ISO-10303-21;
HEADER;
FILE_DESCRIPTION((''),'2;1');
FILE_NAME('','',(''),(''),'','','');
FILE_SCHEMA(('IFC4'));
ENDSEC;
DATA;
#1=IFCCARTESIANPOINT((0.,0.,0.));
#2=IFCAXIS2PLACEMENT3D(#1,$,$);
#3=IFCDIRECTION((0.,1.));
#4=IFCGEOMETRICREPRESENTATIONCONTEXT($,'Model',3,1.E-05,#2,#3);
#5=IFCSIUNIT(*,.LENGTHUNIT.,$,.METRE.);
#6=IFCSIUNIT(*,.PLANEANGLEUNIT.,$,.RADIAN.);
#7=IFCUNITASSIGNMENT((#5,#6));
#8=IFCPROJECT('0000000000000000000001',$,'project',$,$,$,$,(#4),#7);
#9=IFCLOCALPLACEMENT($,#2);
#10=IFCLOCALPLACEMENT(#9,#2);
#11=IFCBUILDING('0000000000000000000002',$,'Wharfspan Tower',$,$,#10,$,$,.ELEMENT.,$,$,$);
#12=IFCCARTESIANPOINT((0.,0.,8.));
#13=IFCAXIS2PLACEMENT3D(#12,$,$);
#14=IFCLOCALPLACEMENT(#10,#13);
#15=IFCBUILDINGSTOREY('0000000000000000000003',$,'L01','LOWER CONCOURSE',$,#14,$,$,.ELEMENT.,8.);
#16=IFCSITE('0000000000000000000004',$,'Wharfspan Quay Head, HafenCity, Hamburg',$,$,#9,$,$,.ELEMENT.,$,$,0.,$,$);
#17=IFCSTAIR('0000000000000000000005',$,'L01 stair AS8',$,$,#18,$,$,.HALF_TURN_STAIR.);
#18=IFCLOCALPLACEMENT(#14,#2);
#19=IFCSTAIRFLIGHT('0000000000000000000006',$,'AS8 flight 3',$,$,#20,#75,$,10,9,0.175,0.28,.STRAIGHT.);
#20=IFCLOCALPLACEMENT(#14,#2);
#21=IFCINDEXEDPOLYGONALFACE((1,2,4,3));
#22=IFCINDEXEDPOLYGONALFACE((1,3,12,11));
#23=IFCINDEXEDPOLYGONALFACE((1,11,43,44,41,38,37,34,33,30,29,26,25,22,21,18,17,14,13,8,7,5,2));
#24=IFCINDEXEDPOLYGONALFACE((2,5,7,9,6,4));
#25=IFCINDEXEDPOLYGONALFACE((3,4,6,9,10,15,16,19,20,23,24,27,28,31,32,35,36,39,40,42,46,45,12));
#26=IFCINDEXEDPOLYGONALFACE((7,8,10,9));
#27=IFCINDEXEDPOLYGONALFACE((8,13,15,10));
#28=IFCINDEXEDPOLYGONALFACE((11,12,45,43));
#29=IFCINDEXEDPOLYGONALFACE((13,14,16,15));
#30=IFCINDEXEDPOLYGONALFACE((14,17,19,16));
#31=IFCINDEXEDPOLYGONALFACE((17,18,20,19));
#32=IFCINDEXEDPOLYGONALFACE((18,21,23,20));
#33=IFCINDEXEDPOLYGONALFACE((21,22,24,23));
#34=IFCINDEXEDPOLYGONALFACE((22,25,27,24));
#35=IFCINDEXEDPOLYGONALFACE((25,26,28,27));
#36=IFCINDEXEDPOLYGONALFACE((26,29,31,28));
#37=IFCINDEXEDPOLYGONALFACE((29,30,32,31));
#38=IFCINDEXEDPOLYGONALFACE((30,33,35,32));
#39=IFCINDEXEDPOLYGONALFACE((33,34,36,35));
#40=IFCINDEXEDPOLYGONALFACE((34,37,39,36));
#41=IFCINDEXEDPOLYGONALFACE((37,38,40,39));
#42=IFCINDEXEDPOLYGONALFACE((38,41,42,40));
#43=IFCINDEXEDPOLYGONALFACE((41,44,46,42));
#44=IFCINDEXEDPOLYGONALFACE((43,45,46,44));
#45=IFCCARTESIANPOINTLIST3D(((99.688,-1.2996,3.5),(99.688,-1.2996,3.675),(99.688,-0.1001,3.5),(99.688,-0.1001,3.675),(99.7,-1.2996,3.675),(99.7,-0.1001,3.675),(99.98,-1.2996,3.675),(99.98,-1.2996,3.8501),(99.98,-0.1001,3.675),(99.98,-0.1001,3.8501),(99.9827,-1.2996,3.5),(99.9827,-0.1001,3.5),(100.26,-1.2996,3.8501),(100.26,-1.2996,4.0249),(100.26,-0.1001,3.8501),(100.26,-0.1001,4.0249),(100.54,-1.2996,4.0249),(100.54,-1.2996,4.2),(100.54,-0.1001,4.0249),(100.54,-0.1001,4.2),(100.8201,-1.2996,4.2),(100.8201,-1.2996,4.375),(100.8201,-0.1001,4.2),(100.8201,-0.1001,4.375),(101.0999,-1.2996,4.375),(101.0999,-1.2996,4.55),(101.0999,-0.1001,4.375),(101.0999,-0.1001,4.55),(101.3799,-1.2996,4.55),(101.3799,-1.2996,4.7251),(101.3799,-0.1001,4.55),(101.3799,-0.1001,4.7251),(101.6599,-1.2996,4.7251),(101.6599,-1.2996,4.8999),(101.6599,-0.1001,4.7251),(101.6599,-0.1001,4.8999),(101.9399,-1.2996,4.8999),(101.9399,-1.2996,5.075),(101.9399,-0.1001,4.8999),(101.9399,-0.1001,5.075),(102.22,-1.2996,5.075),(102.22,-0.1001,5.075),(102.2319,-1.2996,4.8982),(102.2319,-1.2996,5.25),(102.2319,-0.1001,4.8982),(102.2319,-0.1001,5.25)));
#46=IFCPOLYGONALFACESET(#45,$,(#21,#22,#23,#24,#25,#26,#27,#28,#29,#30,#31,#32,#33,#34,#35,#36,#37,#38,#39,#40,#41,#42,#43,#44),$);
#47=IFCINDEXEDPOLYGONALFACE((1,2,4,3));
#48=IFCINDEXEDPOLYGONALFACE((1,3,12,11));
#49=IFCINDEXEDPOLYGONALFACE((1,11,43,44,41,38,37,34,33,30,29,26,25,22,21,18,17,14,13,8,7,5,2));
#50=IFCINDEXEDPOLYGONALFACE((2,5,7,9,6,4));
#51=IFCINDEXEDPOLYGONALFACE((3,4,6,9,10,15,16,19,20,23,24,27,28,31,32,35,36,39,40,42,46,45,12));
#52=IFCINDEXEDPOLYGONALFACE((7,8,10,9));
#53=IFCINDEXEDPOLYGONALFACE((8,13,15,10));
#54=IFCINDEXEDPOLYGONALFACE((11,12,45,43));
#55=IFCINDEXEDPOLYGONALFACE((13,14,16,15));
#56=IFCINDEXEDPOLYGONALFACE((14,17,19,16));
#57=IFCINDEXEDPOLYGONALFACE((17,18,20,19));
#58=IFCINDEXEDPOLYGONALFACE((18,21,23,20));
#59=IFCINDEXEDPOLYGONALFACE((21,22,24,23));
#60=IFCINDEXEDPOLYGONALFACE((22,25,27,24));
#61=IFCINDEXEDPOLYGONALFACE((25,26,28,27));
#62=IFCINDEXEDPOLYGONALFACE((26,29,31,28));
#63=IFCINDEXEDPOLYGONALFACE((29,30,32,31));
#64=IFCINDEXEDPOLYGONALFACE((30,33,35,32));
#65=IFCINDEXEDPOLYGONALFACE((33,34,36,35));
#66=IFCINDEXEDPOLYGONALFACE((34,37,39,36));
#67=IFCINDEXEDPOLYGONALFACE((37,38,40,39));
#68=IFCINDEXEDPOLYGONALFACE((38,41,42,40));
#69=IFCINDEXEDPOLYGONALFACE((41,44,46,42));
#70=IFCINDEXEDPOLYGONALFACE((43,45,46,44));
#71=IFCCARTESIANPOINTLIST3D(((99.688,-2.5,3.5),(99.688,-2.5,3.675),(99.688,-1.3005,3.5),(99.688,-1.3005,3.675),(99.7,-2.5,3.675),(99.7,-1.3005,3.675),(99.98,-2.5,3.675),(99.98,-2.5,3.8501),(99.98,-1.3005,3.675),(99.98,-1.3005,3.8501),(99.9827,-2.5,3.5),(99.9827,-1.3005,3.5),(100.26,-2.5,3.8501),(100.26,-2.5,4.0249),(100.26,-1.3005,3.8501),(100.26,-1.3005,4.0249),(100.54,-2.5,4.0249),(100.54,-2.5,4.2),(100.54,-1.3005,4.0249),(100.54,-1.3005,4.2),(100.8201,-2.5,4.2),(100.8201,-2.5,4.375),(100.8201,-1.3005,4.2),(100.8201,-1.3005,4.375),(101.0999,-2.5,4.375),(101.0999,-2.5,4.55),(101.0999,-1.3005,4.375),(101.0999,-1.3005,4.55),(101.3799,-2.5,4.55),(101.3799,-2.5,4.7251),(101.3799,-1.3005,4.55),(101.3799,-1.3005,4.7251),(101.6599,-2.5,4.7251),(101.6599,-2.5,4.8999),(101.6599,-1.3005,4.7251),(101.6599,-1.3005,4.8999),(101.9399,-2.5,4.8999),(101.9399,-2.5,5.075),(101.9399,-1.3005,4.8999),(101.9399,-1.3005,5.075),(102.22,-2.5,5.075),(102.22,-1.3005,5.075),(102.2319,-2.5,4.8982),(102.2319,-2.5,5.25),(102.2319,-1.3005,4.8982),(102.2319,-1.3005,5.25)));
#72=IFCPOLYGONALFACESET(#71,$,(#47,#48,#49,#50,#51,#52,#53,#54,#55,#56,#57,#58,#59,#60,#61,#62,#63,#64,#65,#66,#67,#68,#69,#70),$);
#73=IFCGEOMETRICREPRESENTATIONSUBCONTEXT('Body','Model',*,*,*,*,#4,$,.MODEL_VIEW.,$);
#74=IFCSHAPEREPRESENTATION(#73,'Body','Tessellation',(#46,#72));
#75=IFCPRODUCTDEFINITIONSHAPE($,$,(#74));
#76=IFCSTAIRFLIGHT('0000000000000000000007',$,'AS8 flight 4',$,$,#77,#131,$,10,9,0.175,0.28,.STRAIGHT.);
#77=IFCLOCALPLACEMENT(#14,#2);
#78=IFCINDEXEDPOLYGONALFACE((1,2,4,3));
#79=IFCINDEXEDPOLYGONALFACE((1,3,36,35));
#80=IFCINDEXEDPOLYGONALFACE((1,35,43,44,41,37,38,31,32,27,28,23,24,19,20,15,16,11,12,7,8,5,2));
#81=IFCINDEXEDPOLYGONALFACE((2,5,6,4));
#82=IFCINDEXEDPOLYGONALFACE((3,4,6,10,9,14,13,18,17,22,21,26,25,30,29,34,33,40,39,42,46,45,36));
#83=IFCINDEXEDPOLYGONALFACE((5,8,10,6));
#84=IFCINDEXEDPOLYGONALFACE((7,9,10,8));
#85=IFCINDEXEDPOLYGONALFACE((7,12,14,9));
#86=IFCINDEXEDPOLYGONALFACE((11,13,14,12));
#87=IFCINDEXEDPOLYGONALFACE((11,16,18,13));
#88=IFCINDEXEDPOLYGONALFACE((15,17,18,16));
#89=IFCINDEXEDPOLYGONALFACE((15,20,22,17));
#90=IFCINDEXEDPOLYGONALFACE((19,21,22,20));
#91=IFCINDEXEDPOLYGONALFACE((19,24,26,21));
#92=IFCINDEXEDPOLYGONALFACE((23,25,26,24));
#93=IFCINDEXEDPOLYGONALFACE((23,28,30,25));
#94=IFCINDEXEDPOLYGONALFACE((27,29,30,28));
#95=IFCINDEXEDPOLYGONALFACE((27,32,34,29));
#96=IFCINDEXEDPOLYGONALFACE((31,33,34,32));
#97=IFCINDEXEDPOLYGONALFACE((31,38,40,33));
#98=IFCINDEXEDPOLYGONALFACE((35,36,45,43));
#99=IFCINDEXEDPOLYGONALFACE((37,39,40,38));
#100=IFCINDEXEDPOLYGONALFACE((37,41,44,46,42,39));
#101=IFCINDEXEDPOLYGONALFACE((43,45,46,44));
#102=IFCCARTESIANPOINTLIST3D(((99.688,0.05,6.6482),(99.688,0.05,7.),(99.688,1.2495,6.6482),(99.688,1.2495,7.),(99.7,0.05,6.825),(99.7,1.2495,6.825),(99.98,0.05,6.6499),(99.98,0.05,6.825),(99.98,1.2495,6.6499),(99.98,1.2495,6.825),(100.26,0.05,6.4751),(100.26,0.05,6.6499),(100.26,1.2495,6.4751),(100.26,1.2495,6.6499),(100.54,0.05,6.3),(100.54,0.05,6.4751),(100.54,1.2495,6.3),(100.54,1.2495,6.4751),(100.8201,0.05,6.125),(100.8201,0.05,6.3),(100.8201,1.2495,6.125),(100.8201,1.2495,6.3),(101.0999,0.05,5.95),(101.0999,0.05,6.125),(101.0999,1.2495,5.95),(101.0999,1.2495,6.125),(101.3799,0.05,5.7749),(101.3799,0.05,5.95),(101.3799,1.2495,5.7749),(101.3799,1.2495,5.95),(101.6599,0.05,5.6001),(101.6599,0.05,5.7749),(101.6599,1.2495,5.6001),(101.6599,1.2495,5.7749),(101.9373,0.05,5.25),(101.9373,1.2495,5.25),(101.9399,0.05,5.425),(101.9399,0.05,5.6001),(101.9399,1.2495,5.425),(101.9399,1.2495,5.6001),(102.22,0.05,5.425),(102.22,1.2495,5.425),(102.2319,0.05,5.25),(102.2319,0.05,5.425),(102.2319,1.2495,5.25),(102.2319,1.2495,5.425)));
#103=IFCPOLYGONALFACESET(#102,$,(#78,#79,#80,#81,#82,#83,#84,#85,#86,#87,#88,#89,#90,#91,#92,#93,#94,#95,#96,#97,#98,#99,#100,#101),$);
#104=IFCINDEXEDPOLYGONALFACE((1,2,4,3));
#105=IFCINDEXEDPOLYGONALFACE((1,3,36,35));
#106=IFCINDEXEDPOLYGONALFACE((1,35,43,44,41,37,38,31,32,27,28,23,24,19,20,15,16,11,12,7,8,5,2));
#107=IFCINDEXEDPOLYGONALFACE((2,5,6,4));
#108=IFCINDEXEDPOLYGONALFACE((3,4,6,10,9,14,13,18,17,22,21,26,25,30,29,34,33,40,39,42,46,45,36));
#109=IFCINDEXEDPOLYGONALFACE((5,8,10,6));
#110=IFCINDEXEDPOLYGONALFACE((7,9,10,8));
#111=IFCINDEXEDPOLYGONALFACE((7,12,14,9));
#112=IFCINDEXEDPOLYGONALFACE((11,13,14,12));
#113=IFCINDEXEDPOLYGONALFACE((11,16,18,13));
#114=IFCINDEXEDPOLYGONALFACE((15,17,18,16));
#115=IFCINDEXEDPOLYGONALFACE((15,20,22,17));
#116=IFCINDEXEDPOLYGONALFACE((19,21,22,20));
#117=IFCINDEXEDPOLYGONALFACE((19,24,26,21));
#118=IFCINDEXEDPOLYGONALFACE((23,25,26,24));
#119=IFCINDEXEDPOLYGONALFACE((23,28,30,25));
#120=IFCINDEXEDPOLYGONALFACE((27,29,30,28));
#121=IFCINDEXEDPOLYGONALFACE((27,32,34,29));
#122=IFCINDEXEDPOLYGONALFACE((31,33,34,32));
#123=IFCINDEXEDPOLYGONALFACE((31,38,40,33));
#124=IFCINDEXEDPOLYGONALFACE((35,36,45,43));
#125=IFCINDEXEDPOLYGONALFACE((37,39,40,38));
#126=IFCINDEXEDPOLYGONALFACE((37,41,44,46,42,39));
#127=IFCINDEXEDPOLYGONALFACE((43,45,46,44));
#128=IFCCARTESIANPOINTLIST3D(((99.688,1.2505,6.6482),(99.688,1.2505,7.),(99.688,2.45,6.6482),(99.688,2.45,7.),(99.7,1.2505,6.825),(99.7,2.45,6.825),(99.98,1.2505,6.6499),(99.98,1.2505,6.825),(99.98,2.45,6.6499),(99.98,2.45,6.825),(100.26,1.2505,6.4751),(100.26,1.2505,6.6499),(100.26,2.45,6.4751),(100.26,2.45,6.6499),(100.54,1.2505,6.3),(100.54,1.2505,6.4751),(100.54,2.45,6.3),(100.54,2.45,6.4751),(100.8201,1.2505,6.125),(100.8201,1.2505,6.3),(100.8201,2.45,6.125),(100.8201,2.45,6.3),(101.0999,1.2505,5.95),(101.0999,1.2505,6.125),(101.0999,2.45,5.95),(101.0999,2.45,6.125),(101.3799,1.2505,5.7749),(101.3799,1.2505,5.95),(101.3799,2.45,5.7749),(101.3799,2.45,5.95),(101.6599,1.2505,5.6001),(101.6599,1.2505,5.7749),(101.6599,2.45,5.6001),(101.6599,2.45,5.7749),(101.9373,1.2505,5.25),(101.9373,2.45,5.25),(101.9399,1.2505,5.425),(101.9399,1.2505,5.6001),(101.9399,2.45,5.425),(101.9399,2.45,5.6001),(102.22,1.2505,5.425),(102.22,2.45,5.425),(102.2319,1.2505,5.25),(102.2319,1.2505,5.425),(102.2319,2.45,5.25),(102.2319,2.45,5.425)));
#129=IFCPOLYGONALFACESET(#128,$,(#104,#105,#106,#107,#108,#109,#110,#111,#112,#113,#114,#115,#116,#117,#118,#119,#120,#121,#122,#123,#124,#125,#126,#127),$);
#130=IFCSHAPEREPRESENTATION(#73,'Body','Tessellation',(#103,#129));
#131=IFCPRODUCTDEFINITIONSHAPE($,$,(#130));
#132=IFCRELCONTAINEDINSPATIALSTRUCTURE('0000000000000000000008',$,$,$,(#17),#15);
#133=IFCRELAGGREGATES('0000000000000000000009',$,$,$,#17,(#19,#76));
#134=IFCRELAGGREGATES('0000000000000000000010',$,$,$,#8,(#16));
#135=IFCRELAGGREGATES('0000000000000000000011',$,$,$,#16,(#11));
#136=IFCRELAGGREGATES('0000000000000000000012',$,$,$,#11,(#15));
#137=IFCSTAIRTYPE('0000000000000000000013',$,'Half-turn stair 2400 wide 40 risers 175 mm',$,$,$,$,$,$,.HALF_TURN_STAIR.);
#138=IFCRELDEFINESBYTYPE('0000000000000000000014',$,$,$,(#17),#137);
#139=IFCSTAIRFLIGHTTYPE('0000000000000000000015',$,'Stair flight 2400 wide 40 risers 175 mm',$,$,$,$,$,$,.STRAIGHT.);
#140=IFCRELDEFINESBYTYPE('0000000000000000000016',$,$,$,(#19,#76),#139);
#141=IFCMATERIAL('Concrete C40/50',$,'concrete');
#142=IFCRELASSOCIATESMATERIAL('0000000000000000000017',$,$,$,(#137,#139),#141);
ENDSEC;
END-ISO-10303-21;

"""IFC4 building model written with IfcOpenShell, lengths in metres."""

from ifc_helpers import new_model, si_unit, direction, frame, origin, place, context, subcontext, project, spatial, polyline, outline, extrude, material, type_object, element, aggregate, save


model = new_model("IFC4")

# Units and contexts
model_context = context("Model", 3, precision=1e-05, world=origin(), true_north=direction((0.0, 1.0)))
body_context = subcontext(model_context, "Body", "Model", "MODEL_VIEW")
ifc_project = project(units=[si_unit("LENGTHUNIT", "METRE"), si_unit("PLANEANGLEUNIT", "RADIAN")], contexts=[model_context])

# Site, building, storey
site_placement = place(None, origin())
site = spatial("IfcSite", under=ifc_project, at=site_placement, Name="Wharfspan Quay Head, HafenCity, Hamburg", CompositionType="ELEMENT", RefElevation=0.0)
building_placement = place(site_placement, origin())
building = spatial("IfcBuilding", under=site, at=building_placement, Name="Wharfspan Tower", CompositionType="ELEMENT")
storey_placement = place(building_placement, frame((0.0, 0.0, 8.0)))
storey = spatial("IfcBuildingStorey", under=building, at=storey_placement, Name="L01", Description="LOWER CONCOURSE", CompositionType="ELEMENT", Elevation=8.0)

# Shared definitions
ifc_material_1 = material(Name="Concrete C40/50", Category="concrete")

# Stair, stair flights
stair_type = type_object("IfcStairType", Name="Half-turn stair 2400 wide 40 risers 175 mm", PredefinedType="HALF_TURN_STAIR", material=ifc_material_1)
stair_placement = place(storey_placement, origin())
stair = element("IfcStair", 1, at=stair_placement, inside=storey, type_object=stair_type, Name="L01 stair AS8", PredefinedType="HALF_TURN_STAIR")
stair_flight_type = type_object("IfcStairFlightType", Name="Stair flight 2400 wide 40 risers 175 mm", PredefinedType="STRAIGHT", material=ifc_material_1)
stair_flight_1_placement = place(storey_placement, frame((99.7, -1.3, 3.5), z_axis=(0.0, 0.0, 1.0), x_axis=(1.0, 0.0, 0.0)))
stair_flight_1 = element("IfcStairFlight", 2, at=stair_flight_1_placement, type_object=stair_flight_type, Name="AS8 flight 3", NumberOfRisers=10, NumberOfTreads=9, PredefinedType="STRAIGHT", RiserHeight=0.175, TreadLength=0.28, context=body_context, shape_type="SweptSolid", body=[
    extrude(outline(polyline([(-0.012, 0.0), (-0.012, 0.175), (0.0, 0.175), (0.28, 0.175), (0.28, 0.3501), (0.5601, 0.3501), (0.5601, 0.5249), (0.8401, 0.5249), (0.8401, 0.7), (1.1201, 0.7), (1.1201, 0.875), (1.3999, 0.875), (1.3999, 1.05), (1.6799, 1.05), (1.6799, 1.2251), (1.96, 1.2251), (1.96, 1.3999), (2.24, 1.3999), (2.24, 1.575), (2.52, 1.575), (2.532, 1.75), (2.532, 1.3982), (0.2827, 0.0), (-0.012, 0.0)])), frame((0.0, 1.2, 0.0), z_axis=(0.0, -1.0, 0.0), x_axis=(1.0, 0.0, 0.0)), (0.0, 0.0, 1.0), 1.1995),
    extrude(outline(polyline([(-0.012, 0.0), (-0.012, 0.175), (0.0, 0.175), (0.28, 0.175), (0.28, 0.3501), (0.5601, 0.3501), (0.5601, 0.5249), (0.8401, 0.5249), (0.8401, 0.7), (1.1201, 0.7), (1.1201, 0.875), (1.3999, 0.875), (1.3999, 1.05), (1.6799, 1.05), (1.6799, 1.2251), (1.96, 1.2251), (1.96, 1.3999), (2.24, 1.3999), (2.24, 1.575), (2.52, 1.575), (2.532, 1.75), (2.532, 1.3982), (0.2827, 0.0), (-0.012, 0.0)])), frame((0.0, -0.0005, 0.0), z_axis=(0.0, -1.0, 0.0), x_axis=(1.0, 0.0, 0.0)), (0.0, 0.0, 1.0), 1.1995),
])
stair_flight_2_placement = place(storey_placement, frame((102.22, 1.25, 5.25), z_axis=(0.0, 0.0, 1.0), x_axis=(-1.0, 0.0, 0.0)))
stair_flight_2 = element("IfcStairFlight", 3, at=stair_flight_2_placement, type_object=stair_flight_type, Name="AS8 flight 4", NumberOfRisers=10, NumberOfTreads=9, PredefinedType="STRAIGHT", RiserHeight=0.175, TreadLength=0.28, context=body_context, shape_type="SweptSolid", body=[
    extrude(outline(polyline([(-0.012, 0.0), (-0.012, 0.175), (0.0, 0.175), (0.28, 0.175), (0.28, 0.3501), (0.5601, 0.3501), (0.5601, 0.5249), (0.8401, 0.5249), (0.8401, 0.7), (1.1201, 0.7), (1.1201, 0.875), (1.3999, 0.875), (1.3999, 1.05), (1.6799, 1.05), (1.6799, 1.2251), (1.96, 1.2251), (1.96, 1.3999), (2.24, 1.3999), (2.24, 1.575), (2.52, 1.575), (2.532, 1.75), (2.532, 1.3982), (0.2827, 0.0), (-0.012, 0.0)])), frame((0.0, 1.2, 0.0), z_axis=(0.0, -1.0, 0.0), x_axis=(1.0, 0.0, 0.0)), (0.0, 0.0, 1.0), 1.1995),
    extrude(outline(polyline([(-0.012, 0.0), (-0.012, 0.175), (0.0, 0.175), (0.28, 0.175), (0.28, 0.3501), (0.5601, 0.3501), (0.5601, 0.5249), (0.8401, 0.5249), (0.8401, 0.7), (1.1201, 0.7), (1.1201, 0.875), (1.3999, 0.875), (1.3999, 1.05), (1.6799, 1.05), (1.6799, 1.2251), (1.96, 1.2251), (1.96, 1.3999), (2.24, 1.3999), (2.24, 1.575), (2.52, 1.575), (2.532, 1.75), (2.532, 1.3982), (0.2827, 0.0), (-0.012, 0.0)])), frame((0.0, -0.0005, 0.0), z_axis=(0.0, -1.0, 0.0), x_axis=(1.0, 0.0, 0.0)), (0.0, 0.0, 1.0), 1.1995),
])
aggregate(stair, [stair_flight_1, stair_flight_2])

save(model, "model.ifc")
